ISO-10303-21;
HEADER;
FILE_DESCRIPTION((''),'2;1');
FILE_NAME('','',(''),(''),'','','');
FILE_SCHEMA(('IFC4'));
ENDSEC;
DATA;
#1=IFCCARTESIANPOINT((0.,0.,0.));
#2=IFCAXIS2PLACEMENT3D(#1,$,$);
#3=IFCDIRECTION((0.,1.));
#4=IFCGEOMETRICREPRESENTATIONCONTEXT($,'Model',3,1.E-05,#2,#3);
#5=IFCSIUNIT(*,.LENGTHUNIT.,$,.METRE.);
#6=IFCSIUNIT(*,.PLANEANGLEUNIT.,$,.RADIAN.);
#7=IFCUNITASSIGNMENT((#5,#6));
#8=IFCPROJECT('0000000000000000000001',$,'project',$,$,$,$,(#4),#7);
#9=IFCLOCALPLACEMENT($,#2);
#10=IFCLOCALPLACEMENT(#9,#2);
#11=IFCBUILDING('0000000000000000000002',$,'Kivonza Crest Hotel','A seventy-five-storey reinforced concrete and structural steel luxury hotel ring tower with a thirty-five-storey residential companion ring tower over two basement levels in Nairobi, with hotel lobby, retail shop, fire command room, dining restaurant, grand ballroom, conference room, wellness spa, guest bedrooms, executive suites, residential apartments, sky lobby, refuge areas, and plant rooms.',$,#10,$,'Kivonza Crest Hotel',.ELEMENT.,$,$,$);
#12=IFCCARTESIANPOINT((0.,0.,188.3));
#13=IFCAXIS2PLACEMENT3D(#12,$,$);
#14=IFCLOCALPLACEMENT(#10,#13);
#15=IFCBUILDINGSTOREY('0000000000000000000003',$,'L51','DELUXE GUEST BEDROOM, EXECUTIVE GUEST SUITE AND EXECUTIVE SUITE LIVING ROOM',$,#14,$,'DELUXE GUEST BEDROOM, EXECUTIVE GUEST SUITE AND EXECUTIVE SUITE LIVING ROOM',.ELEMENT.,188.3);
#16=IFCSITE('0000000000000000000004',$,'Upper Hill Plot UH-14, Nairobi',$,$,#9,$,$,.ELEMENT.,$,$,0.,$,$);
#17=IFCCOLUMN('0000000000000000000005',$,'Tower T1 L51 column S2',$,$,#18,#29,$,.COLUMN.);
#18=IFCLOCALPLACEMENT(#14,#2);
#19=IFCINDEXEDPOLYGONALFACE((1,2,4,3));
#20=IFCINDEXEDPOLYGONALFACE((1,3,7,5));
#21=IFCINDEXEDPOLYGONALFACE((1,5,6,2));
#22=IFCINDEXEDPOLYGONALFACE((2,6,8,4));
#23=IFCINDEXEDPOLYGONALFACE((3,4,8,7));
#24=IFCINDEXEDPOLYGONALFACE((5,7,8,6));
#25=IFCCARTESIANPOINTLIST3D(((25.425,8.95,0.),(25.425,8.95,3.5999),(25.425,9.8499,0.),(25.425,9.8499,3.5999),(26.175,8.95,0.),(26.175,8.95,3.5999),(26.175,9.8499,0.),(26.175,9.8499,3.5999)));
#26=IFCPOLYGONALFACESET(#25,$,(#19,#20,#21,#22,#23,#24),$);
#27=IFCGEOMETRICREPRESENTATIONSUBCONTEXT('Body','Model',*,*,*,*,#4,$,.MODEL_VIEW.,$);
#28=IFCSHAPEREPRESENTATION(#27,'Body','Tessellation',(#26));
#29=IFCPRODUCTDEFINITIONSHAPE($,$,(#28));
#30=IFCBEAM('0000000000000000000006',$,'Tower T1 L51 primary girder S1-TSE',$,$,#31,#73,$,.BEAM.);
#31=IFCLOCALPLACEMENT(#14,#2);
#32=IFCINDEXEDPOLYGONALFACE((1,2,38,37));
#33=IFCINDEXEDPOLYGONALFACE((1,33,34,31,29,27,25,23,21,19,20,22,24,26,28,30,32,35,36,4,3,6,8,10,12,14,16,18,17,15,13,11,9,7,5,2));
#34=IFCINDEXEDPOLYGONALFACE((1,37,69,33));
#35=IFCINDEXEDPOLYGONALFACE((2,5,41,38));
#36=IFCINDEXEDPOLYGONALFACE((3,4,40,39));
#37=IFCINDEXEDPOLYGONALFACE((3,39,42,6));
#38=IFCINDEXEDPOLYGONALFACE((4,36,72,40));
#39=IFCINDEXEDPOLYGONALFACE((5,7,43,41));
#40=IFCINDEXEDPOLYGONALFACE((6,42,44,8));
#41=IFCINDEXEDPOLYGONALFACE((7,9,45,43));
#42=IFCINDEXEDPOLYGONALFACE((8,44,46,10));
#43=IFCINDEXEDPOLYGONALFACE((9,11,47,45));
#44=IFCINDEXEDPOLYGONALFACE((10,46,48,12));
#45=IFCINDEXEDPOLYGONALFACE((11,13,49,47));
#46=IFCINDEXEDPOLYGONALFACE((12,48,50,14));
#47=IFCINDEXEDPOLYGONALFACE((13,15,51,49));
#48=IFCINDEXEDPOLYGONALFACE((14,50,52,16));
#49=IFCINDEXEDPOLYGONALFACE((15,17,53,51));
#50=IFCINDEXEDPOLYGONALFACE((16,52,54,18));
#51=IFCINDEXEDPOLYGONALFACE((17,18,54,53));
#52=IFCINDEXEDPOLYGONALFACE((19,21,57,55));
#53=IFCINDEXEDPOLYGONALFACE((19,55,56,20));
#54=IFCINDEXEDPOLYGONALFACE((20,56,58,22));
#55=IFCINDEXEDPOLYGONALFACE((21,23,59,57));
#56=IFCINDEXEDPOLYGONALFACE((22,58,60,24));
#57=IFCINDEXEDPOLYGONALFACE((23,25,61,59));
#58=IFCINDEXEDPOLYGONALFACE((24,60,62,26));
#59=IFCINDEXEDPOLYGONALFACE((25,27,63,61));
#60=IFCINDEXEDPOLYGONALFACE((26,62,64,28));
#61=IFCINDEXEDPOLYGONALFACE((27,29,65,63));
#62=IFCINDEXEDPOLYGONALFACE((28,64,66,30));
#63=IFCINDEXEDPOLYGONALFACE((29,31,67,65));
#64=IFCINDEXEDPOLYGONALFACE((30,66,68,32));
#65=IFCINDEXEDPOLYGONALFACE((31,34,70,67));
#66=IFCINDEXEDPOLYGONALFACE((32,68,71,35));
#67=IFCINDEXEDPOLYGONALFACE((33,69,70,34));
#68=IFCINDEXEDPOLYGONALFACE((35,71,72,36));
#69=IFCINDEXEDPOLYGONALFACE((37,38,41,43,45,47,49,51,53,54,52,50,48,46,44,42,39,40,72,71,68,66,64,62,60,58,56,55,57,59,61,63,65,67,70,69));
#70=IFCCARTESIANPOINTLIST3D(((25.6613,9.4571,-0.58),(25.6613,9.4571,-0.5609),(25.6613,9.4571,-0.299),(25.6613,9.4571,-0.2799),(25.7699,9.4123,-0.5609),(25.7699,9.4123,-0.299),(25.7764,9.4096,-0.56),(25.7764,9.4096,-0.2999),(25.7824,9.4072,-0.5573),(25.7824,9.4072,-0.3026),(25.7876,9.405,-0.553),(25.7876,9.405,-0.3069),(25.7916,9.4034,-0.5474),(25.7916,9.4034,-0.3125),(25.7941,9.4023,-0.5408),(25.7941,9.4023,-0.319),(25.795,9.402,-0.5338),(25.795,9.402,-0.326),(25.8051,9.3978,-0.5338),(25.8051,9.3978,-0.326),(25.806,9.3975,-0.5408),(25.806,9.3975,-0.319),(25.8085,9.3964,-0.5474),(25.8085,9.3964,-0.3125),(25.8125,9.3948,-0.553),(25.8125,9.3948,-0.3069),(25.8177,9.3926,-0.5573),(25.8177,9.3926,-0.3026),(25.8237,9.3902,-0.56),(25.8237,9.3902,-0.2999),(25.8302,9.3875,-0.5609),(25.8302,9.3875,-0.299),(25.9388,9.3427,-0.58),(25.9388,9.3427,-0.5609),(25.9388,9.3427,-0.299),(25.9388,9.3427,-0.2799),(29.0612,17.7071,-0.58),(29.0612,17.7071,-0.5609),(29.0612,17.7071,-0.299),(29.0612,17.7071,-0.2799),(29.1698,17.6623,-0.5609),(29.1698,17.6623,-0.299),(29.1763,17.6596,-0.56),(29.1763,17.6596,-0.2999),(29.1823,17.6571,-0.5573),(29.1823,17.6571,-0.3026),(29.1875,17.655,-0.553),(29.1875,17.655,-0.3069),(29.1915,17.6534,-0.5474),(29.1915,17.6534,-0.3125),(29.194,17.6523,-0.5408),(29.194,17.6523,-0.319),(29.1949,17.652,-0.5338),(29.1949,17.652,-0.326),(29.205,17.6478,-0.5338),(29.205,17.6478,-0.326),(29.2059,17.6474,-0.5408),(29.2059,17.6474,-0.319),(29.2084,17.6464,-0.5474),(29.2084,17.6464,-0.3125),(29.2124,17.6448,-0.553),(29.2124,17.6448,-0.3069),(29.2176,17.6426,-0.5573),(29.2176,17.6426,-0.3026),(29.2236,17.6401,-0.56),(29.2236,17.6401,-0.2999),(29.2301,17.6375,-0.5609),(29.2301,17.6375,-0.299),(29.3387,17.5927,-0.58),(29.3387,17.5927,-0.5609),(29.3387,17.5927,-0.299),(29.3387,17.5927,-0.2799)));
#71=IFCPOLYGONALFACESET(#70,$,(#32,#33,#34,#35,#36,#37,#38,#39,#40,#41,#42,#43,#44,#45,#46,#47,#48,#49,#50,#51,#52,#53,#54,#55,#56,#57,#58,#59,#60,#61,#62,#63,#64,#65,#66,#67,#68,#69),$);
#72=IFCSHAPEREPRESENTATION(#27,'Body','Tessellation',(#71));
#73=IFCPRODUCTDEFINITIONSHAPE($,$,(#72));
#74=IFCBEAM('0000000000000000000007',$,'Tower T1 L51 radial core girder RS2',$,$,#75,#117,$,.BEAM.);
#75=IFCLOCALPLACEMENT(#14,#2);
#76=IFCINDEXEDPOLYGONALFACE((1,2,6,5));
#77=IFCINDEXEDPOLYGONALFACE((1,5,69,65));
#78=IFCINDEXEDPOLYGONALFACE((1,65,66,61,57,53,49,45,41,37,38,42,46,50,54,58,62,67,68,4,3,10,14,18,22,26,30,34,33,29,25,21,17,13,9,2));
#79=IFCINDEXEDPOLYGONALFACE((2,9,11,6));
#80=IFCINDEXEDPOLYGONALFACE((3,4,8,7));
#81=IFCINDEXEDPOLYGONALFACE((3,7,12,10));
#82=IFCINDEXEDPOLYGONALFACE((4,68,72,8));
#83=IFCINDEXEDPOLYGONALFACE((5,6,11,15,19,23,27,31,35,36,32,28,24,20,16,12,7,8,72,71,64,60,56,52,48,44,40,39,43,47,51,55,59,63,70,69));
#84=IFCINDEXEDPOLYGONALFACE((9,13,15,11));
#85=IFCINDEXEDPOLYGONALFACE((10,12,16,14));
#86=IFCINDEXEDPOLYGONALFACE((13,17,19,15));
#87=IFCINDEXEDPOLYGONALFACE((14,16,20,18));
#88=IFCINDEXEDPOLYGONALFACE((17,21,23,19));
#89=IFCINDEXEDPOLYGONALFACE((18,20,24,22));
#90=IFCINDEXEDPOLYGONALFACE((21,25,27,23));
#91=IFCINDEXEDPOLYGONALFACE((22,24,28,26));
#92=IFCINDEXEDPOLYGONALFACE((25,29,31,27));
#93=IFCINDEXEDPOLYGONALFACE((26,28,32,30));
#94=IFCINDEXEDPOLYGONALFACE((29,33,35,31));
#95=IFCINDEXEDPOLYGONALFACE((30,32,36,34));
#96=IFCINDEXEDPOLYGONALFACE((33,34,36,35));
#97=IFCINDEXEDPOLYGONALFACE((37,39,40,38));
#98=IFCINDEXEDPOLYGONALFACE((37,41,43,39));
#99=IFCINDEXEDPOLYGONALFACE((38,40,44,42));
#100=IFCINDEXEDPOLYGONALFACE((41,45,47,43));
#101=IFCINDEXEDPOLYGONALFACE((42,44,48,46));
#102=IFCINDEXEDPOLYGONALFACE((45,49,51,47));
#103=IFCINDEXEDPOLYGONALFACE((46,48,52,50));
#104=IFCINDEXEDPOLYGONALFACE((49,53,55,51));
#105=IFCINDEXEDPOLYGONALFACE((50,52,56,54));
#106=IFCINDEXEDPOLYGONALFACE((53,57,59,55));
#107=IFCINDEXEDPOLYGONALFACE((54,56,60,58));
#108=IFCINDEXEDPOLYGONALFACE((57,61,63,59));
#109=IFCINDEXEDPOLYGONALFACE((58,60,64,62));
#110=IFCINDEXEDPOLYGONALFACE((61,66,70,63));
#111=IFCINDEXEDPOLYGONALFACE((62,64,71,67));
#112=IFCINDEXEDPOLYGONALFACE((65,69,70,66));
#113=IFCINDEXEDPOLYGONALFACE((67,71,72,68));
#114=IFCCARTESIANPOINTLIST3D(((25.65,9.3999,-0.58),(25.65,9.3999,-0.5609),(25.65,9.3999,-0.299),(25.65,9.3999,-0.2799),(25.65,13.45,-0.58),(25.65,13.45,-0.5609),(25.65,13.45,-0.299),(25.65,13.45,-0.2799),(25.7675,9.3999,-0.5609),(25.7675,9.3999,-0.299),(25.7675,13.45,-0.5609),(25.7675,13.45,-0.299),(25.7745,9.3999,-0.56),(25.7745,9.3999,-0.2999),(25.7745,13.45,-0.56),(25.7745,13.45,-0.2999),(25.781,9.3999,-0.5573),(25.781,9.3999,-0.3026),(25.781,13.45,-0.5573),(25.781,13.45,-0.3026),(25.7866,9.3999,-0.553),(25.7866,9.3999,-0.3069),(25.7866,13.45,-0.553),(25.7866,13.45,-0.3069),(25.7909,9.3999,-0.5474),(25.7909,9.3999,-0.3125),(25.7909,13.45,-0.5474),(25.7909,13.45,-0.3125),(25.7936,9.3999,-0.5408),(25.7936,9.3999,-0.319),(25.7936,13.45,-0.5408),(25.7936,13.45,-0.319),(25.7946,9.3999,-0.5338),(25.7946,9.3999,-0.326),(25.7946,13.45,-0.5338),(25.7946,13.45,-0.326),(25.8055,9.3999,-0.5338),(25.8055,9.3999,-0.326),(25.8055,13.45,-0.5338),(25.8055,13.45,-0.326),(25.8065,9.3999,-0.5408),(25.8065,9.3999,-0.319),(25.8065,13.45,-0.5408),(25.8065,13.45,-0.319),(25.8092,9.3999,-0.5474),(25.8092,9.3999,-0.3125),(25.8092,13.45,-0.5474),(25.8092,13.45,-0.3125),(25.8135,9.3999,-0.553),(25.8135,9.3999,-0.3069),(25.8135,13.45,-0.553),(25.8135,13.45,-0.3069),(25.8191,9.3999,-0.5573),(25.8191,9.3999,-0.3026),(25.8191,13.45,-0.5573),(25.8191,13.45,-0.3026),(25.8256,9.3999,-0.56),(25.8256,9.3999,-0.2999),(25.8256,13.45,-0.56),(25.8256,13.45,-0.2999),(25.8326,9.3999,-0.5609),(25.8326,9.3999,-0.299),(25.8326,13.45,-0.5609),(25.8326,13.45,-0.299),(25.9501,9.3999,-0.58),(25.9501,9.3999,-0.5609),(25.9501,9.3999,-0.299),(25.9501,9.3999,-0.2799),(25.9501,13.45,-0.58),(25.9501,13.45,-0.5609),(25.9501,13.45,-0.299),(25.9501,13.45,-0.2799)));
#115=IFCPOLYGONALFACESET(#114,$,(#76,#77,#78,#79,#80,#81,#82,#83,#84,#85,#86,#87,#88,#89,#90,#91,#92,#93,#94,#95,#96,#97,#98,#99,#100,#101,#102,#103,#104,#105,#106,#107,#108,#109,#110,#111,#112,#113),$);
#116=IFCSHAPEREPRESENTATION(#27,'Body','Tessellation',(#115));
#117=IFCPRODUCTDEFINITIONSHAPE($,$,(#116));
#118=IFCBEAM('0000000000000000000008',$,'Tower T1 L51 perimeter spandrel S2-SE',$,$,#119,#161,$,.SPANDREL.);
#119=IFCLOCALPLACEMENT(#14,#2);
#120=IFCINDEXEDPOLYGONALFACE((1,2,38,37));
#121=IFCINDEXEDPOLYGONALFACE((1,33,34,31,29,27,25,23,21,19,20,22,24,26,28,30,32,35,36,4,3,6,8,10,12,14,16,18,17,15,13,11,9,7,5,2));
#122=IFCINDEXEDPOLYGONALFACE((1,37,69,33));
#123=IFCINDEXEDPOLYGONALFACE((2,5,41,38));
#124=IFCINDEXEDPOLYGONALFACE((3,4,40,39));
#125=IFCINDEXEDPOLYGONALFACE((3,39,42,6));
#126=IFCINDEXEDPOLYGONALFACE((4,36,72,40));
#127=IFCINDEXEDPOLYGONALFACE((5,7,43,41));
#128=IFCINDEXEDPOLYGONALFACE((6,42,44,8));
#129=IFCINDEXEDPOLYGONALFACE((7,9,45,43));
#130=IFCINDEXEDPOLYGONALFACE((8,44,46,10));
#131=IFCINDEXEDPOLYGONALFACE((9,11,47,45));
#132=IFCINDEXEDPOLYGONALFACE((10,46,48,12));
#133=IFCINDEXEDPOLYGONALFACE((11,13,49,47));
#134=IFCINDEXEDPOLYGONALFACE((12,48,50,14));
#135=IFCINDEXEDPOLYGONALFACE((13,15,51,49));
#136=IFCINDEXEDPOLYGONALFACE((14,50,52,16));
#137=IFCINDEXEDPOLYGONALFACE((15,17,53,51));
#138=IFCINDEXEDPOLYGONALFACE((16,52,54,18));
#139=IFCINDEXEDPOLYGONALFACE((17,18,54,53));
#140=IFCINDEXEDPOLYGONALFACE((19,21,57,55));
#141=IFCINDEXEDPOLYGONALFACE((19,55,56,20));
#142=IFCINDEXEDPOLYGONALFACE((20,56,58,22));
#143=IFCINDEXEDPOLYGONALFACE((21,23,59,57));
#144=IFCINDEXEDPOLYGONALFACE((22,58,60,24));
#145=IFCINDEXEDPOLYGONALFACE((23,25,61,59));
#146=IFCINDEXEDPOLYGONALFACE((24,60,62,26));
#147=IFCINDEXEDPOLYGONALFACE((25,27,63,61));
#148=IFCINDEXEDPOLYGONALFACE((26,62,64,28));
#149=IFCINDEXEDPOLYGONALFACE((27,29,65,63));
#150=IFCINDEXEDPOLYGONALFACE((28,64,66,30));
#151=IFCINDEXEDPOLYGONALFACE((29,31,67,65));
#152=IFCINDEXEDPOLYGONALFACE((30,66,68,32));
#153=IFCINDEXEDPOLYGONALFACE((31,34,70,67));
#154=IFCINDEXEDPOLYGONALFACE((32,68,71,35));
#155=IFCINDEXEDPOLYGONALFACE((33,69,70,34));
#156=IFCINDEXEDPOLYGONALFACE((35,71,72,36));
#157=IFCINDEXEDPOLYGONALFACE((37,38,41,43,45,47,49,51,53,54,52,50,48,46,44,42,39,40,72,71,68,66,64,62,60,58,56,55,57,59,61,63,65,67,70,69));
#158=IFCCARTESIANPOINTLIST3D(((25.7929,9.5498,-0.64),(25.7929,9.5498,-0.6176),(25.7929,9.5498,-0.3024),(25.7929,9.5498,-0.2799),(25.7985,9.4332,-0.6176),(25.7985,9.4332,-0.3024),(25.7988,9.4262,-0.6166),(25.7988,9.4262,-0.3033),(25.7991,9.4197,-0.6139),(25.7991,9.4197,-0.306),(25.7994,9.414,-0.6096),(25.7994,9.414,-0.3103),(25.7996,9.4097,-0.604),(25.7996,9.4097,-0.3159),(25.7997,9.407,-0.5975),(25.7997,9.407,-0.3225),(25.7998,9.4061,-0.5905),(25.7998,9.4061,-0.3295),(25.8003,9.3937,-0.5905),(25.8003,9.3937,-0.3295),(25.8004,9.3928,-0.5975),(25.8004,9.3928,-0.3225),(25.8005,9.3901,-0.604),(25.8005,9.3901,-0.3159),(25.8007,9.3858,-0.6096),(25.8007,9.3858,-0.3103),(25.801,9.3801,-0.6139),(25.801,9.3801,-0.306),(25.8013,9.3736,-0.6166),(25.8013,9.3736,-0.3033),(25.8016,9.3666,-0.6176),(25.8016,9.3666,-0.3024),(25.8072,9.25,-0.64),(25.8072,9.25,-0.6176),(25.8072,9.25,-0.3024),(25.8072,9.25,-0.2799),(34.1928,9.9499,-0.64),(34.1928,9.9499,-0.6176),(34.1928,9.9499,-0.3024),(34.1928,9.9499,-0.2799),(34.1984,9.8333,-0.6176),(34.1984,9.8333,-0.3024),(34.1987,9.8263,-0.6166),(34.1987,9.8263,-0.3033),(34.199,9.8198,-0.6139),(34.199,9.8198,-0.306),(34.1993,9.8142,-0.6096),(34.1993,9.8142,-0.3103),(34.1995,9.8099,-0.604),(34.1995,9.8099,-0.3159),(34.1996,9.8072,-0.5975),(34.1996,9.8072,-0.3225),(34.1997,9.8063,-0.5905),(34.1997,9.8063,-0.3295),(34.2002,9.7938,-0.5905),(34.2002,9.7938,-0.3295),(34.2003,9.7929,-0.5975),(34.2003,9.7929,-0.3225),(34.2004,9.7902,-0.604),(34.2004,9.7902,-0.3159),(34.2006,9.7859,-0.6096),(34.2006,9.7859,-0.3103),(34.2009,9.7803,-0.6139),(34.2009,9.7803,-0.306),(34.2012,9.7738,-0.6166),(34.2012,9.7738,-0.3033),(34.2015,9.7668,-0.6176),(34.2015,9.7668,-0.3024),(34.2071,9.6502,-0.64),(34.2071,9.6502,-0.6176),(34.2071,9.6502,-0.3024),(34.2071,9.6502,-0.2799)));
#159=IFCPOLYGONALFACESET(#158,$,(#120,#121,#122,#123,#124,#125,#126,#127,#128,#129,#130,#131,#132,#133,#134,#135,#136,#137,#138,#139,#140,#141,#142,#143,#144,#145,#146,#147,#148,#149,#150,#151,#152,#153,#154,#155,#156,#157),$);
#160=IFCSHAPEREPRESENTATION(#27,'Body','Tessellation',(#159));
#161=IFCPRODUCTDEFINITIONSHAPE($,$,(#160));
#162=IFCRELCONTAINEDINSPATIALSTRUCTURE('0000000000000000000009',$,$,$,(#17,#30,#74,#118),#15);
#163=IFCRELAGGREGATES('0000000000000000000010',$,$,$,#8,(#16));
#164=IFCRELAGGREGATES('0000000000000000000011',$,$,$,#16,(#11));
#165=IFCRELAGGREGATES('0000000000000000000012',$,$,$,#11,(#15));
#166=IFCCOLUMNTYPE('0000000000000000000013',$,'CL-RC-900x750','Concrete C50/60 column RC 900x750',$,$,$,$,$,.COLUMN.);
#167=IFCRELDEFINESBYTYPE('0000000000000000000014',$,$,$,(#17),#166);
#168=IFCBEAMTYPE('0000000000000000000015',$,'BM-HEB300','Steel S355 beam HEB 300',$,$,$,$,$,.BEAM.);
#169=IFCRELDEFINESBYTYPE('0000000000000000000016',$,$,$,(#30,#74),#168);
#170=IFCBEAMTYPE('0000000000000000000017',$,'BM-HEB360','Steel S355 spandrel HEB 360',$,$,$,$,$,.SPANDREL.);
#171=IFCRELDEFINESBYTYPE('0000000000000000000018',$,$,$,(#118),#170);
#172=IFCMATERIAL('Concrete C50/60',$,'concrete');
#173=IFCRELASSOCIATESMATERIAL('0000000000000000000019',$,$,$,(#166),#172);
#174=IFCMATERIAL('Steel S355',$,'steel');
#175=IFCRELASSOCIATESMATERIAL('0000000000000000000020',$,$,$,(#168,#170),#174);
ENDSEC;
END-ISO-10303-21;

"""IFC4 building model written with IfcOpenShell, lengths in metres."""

from ifc_helpers import new_model, si_unit, direction, frame, origin, origin_2d, place, context, subcontext, project, spatial, rectangle, i_section, extrude, material, material_profile, profile_set, type_object, element, save


model = new_model("IFC4")

# Units and contexts
model_context = context("Model", 3, precision=1e-05, world=origin(), true_north=direction((0.0, 1.0)))
body_context = subcontext(model_context, "Body", "Model", "MODEL_VIEW")
ifc_project = project(units=[si_unit("LENGTHUNIT", "METRE"), si_unit("PLANEANGLEUNIT", "RADIAN")], contexts=[model_context])

# Site, building, storey
site_placement = place(None, origin())
site = spatial("IfcSite", under=ifc_project, at=site_placement, Name="Upper Hill Plot UH-14, Nairobi", CompositionType="ELEMENT", RefElevation=0.0)
building_placement = place(site_placement, origin())
building = spatial("IfcBuilding", under=site, at=building_placement, Name="Kivonza Crest Hotel", Description="A seventy-five-storey reinforced concrete and structural steel luxury hotel ring tower with a thirty-five-storey residential companion ring tower over two basement levels in Nairobi, with hotel lobby, retail shop, fire command room, dining restaurant, grand ballroom, conference room, wellness spa, guest bedrooms, executive suites, residential apartments, sky lobby, refuge areas, and plant rooms.", LongName="Kivonza Crest Hotel", CompositionType="ELEMENT")
storey_placement = place(building_placement, frame((0.0, 0.0, 188.3)))
storey = spatial("IfcBuildingStorey", under=building, at=storey_placement, Name="L51", Description="DELUXE GUEST BEDROOM, EXECUTIVE GUEST SUITE AND EXECUTIVE SUITE LIVING ROOM", LongName="DELUXE GUEST BEDROOM, EXECUTIVE GUEST SUITE AND EXECUTIVE SUITE LIVING ROOM", CompositionType="ELEMENT", Elevation=188.3)

# Column
ifc_material_1 = material(Name="Concrete C50/60", Category="concrete")
ifc_material_profile_1 = material_profile(ifc_material_1, rectangle(XDim=0.75, YDim=0.8999, at=origin_2d()), Name="RC 900x750")
ifc_profile_set_1 = profile_set([ifc_material_profile_1], Name="Concrete C50/60")
column_type = type_object("IfcColumnType", Name="CL-RC-900x750", Description="Concrete C50/60 column RC 900x750", PredefinedType="COLUMN", material=ifc_profile_set_1)
column_placement = place(storey_placement, frame((25.8, 9.3999, 0.0), z_axis=(0.0, 0.0, 1.0), x_axis=(1.0, 0.0, 0.0)))
element("IfcColumn", 1, at=column_placement, inside=storey, type_object=column_type, Name="Tower T1 L51 column S2", PredefinedType="COLUMN", context=body_context, shape_type="SweptSolid", body=[
    extrude(rectangle(XDim=0.75, YDim=0.8999, at=origin_2d()), origin(), (0.0, 0.0, 1.0), 3.5999),
])

# Beams
ifc_material_2 = material(Name="Steel S355", Category="steel")
ifc_material_profile_2 = material_profile(ifc_material_2, i_section(OverallWidth=0.3, OverallDepth=0.3, WebThickness=0.011, FlangeThickness=0.019, FilletRadius=0.0271, at=origin_2d()), Name="HEB 300")
ifc_profile_set_2 = profile_set([ifc_material_profile_2], Name="Steel S355")
beam_type_1 = type_object("IfcBeamType", Name="BM-HEB300", Description="Steel S355 beam HEB 300", PredefinedType="BEAM", material=ifc_profile_set_2)
beam_1_placement = place(storey_placement, frame((25.8, 9.3999, -0.4299), z_axis=(0.381022, 0.924566, 0.0), x_axis=(-0.924566, 0.381022, 0.0)))
element("IfcBeam", 2, at=beam_1_placement, inside=storey, type_object=beam_type_1, Name="Tower T1 L51 primary girder S1-TSE", PredefinedType="BEAM", context=body_context, shape_type="SweptSolid", body=[
    extrude(i_section(OverallWidth=0.3, OverallDepth=0.3, WebThickness=0.011, FlangeThickness=0.019, FilletRadius=0.0271, at=origin_2d()), origin(), (0.0, 0.0, 1.0), 8.9231),
])
beam_2_placement = place(storey_placement, frame((25.8, 9.3999, -0.4299), z_axis=(0.0, 1.0, 0.0), x_axis=(-1.0, 0.0, 0.0)))
element("IfcBeam", 3, at=beam_2_placement, inside=storey, type_object=beam_type_1, Name="Tower T1 L51 radial core girder RS2", PredefinedType="BEAM", context=body_context, shape_type="SweptSolid", body=[
    extrude(i_section(OverallWidth=0.3, OverallDepth=0.3, WebThickness=0.011, FlangeThickness=0.019, FilletRadius=0.0271, at=origin_2d()), origin(), (0.0, 0.0, 1.0), 4.05),
])
ifc_material_profile_3 = material_profile(ifc_material_2, i_section(OverallWidth=0.3, OverallDepth=0.3601, WebThickness=0.0125, FlangeThickness=0.0225, FilletRadius=0.0271, at=origin_2d()), Name="HEB 360")
ifc_profile_set_3 = profile_set([ifc_material_profile_3], Name="Steel S355")
beam_type_2 = type_object("IfcBeamType", Name="BM-HEB360", Description="Steel S355 spandrel HEB 360", PredefinedType="SPANDREL", material=ifc_profile_set_3)
beam_3_placement = place(storey_placement, frame((25.8, 9.3999, -0.46), z_axis=(0.998867, 0.047583, 0.0), x_axis=(-0.047583, 0.998867, 0.0)))
element("IfcBeam", 4, at=beam_3_placement, inside=storey, type_object=beam_type_2, Name="Tower T1 L51 perimeter spandrel S2-SE", PredefinedType="SPANDREL", context=body_context, shape_type="SweptSolid", body=[
    extrude(i_section(OverallWidth=0.3, OverallDepth=0.3601, WebThickness=0.0125, FlangeThickness=0.0225, FilletRadius=0.0271, at=origin_2d()), origin(), (0.0, 0.0, 1.0), 8.4094),
])

save(model, "model.ifc")
